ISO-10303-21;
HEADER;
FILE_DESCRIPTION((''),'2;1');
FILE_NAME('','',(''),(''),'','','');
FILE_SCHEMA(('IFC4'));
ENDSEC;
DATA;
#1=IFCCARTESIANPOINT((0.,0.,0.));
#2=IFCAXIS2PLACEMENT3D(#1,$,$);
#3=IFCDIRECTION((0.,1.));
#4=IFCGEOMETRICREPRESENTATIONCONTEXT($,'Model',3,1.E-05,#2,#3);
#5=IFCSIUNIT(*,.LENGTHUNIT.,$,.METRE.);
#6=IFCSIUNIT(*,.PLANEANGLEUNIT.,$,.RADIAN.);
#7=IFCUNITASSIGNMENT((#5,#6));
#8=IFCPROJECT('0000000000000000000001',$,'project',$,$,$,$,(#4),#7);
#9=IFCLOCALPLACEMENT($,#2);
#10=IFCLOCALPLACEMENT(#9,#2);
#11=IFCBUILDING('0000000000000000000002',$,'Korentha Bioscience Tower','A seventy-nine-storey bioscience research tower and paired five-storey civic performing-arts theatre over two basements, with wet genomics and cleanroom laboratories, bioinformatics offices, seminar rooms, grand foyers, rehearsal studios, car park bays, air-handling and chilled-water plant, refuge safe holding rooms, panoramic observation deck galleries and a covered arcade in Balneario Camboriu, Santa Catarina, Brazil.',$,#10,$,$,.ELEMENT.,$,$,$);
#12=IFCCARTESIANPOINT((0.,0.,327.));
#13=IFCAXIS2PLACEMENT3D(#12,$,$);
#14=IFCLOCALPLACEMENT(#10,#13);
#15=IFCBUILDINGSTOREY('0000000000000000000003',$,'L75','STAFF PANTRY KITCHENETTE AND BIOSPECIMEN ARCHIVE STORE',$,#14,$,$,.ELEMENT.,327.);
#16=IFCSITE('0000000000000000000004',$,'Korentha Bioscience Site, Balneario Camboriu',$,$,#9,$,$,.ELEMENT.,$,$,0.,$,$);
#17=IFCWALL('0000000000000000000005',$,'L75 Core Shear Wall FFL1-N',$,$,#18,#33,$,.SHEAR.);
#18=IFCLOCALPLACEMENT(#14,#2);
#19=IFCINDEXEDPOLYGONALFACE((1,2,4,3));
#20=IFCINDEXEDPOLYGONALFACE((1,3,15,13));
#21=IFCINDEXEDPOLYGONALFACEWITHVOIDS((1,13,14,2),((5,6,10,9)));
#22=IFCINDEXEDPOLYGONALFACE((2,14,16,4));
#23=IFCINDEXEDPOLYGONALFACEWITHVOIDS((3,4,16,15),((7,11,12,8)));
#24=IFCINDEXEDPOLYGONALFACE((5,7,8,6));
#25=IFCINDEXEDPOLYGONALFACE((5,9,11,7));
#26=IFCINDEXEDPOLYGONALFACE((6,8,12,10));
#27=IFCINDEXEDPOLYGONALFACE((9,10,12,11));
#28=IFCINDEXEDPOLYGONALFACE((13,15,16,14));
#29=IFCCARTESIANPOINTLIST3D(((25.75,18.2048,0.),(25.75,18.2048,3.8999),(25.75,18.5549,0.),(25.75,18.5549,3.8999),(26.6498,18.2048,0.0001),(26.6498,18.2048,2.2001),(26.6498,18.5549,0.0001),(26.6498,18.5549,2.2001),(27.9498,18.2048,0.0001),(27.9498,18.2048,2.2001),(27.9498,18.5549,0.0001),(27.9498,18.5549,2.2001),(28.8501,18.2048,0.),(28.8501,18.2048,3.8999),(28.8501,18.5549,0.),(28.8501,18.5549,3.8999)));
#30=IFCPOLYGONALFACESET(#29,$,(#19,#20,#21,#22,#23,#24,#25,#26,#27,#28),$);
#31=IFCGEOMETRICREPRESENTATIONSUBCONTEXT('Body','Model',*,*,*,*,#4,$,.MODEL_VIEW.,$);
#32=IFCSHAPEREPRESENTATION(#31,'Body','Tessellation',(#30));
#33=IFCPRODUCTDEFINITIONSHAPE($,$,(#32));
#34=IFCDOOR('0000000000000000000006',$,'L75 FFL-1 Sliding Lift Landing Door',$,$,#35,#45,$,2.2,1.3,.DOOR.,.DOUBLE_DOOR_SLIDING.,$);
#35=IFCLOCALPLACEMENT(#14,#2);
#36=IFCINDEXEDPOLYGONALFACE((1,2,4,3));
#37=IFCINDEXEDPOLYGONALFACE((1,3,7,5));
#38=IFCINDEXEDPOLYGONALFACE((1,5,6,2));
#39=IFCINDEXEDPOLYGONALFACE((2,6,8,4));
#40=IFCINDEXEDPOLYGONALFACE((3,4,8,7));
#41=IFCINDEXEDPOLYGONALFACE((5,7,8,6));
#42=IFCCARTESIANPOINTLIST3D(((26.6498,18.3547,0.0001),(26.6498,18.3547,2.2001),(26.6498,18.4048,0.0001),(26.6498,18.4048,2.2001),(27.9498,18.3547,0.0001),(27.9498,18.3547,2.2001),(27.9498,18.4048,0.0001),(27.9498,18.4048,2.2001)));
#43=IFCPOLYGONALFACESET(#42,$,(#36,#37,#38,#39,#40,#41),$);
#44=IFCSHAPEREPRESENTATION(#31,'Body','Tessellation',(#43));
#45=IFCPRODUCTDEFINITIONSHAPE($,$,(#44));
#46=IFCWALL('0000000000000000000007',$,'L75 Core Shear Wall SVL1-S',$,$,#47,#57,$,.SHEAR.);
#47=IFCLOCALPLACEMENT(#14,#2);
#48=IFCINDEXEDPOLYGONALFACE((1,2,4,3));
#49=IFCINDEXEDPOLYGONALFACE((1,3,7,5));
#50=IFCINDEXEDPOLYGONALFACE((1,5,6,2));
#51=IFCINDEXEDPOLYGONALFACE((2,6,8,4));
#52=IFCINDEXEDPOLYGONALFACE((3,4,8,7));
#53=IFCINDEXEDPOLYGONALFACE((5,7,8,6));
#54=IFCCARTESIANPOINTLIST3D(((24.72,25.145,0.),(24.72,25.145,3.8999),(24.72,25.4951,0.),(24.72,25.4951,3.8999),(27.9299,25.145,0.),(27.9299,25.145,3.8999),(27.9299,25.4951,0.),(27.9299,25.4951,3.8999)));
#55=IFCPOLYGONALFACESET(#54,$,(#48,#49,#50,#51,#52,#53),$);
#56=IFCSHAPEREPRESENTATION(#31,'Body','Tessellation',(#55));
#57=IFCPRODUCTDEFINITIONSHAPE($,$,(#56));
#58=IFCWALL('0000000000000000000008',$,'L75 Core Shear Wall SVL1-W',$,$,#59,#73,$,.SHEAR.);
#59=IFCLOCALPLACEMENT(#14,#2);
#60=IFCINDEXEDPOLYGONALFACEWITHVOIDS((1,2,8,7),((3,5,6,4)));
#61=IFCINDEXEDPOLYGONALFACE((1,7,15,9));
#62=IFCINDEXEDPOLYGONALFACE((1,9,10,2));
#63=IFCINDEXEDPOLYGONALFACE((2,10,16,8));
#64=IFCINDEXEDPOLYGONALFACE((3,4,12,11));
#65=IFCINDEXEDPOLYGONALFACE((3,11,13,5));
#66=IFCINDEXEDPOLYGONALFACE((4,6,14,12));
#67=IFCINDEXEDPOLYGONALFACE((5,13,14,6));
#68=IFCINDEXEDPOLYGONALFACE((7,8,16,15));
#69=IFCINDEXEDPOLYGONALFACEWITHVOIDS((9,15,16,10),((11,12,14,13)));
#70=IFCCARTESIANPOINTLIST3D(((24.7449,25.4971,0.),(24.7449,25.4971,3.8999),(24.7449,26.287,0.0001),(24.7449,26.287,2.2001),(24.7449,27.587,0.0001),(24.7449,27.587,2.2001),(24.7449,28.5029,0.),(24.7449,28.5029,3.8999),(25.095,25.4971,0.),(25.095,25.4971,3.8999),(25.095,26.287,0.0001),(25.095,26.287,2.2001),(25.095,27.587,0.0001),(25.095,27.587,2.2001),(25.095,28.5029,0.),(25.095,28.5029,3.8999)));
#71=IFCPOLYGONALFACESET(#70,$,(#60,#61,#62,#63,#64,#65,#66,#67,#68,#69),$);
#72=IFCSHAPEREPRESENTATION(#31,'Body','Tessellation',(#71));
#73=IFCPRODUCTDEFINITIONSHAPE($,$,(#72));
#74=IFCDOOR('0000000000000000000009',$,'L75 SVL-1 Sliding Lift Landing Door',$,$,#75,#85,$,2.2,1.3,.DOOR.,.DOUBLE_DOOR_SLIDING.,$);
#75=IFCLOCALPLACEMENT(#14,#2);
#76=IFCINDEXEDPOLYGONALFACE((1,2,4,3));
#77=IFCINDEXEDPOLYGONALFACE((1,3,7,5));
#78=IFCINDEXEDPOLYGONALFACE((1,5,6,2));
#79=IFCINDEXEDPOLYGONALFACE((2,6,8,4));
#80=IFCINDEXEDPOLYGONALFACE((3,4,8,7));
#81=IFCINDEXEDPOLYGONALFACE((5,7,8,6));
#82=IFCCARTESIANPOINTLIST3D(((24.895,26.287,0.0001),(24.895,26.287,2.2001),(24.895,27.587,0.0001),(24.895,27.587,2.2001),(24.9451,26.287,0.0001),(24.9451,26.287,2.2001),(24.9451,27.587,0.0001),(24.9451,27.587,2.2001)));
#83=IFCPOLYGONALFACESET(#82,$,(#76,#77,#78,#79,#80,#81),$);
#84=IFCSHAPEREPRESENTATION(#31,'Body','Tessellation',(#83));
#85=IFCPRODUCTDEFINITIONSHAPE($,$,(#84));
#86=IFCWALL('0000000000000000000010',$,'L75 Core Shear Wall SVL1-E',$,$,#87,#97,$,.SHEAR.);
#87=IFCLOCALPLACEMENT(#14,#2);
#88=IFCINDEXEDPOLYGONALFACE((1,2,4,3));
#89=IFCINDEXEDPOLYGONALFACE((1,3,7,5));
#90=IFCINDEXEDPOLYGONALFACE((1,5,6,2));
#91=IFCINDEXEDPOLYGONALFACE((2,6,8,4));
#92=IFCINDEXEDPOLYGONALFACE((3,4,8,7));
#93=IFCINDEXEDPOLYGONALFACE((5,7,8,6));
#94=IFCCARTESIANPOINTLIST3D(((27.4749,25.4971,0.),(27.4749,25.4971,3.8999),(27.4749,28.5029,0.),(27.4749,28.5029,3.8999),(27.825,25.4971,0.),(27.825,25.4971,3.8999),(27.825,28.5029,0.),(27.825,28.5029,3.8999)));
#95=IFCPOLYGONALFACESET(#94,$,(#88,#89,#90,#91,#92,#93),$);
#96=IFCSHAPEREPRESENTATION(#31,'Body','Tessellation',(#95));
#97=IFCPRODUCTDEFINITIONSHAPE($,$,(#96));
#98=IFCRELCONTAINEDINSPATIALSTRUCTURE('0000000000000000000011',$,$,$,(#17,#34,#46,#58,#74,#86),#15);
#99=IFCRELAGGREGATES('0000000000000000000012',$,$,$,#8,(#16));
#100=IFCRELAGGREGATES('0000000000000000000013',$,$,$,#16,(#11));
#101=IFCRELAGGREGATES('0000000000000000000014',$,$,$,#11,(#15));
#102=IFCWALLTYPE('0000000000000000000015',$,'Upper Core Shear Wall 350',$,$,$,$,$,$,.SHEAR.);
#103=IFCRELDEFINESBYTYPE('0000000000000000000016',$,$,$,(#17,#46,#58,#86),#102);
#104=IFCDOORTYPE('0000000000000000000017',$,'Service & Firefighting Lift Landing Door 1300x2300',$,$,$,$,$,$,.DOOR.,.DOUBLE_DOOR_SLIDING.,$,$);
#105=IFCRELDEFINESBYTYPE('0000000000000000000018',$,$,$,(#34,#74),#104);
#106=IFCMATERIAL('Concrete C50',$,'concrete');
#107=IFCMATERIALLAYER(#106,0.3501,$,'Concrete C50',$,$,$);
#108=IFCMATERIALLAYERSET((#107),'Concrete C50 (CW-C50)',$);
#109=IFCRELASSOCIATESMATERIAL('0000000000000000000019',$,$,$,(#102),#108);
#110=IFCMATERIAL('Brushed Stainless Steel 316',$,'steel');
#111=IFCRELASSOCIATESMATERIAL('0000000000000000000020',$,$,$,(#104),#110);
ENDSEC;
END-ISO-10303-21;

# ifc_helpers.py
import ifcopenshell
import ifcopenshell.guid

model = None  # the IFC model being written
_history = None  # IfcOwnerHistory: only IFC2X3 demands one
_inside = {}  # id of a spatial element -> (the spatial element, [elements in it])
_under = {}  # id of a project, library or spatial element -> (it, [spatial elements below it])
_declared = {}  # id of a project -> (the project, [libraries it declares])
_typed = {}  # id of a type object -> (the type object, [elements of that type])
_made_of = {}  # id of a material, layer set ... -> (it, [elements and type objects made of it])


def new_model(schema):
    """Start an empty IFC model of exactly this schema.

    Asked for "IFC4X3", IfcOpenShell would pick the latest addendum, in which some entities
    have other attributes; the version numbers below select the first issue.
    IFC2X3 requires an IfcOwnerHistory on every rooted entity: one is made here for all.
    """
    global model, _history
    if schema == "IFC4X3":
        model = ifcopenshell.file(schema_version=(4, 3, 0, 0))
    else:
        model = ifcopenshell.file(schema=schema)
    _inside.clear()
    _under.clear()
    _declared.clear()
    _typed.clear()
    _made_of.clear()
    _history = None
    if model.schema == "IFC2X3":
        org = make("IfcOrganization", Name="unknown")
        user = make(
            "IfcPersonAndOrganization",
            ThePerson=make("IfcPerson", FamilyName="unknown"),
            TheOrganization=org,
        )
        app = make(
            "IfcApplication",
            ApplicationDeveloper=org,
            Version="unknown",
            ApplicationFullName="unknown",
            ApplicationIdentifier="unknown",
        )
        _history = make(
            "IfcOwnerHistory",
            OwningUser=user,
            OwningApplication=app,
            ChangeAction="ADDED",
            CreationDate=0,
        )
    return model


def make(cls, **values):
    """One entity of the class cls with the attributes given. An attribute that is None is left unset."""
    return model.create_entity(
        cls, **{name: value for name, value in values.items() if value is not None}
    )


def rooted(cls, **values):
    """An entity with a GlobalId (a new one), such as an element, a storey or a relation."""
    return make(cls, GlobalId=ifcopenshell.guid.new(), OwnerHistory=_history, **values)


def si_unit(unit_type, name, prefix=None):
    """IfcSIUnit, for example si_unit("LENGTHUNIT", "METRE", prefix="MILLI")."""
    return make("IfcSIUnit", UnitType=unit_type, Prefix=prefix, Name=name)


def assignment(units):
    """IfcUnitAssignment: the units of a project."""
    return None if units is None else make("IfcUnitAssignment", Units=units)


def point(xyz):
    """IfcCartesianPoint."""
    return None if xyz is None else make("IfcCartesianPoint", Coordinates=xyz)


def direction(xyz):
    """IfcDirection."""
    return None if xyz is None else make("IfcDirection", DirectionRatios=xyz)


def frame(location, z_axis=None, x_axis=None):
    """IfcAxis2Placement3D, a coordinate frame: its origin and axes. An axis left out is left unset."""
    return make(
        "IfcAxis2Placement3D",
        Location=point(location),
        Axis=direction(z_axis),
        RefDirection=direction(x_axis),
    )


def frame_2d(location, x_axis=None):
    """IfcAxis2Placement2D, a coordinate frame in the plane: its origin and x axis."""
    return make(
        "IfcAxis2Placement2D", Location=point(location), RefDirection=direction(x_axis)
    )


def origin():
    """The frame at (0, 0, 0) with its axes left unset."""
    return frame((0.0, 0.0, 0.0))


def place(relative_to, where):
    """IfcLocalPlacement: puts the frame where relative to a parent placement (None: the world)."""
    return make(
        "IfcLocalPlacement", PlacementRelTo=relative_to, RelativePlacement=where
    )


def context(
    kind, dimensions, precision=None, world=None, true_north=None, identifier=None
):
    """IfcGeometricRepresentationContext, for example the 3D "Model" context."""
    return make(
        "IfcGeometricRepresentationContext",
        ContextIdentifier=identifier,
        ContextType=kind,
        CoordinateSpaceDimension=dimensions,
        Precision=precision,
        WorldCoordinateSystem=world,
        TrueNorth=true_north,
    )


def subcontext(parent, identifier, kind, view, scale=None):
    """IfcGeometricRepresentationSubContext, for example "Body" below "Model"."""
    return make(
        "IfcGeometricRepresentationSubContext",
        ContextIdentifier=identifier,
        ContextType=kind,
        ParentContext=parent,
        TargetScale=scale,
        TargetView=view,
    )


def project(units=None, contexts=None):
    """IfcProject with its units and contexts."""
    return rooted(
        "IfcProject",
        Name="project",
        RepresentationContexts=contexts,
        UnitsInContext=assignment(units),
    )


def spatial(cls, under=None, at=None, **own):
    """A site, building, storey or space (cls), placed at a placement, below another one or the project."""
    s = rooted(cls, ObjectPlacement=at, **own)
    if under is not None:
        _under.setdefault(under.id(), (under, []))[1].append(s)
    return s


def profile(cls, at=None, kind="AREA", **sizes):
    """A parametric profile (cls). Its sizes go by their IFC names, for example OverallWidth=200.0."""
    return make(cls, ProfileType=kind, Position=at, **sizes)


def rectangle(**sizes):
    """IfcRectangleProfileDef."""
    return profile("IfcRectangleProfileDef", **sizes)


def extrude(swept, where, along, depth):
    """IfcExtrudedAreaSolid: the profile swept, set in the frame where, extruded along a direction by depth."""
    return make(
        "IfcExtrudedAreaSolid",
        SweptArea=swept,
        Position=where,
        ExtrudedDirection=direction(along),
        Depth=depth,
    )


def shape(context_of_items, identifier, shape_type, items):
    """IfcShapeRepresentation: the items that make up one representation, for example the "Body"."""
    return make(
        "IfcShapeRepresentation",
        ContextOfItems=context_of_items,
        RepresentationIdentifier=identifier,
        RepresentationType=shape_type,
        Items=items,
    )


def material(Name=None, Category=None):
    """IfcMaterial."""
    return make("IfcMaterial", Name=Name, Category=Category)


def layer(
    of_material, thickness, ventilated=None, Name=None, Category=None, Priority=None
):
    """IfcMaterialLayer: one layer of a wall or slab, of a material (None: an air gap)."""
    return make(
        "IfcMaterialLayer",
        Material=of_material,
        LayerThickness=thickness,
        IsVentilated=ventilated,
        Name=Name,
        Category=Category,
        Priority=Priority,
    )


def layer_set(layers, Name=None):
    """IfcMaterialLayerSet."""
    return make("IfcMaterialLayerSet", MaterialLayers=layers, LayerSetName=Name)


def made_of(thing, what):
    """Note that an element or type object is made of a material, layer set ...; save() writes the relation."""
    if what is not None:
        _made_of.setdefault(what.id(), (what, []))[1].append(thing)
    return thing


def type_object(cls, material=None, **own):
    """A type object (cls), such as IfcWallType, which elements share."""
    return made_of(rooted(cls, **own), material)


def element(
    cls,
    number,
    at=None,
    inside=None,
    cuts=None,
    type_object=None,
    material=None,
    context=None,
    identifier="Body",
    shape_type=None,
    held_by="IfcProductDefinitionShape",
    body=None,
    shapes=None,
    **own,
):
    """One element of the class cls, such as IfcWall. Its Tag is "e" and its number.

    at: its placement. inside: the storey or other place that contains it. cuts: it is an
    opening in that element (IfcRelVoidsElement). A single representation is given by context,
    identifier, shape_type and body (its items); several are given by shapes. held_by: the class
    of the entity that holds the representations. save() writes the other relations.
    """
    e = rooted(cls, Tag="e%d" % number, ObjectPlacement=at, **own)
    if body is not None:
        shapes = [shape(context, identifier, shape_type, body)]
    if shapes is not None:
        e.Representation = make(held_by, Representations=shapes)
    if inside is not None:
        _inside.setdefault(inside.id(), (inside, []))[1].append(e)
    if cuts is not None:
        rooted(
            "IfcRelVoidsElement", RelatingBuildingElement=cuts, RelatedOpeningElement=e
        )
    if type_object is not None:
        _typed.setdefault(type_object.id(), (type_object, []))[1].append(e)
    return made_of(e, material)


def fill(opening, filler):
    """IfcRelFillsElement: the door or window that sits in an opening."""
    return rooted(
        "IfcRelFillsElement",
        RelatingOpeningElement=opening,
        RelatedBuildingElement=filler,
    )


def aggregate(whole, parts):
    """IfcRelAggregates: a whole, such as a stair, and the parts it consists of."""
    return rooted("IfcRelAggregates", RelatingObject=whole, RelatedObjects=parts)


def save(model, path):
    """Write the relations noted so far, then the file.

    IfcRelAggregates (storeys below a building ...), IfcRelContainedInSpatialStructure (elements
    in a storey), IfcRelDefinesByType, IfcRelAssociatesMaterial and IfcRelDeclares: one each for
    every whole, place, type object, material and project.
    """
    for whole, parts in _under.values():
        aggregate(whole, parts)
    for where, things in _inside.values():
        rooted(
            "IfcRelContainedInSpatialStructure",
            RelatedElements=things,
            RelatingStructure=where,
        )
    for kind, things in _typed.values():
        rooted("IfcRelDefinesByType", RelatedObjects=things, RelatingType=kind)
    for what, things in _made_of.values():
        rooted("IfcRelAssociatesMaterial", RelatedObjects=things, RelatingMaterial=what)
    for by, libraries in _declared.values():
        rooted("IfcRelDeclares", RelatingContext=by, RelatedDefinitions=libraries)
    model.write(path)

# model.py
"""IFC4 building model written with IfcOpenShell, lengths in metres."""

from ifc_helpers import new_model, si_unit, direction, frame, frame_2d, origin, place, context, subcontext, project, spatial, rectangle, extrude, material, layer, layer_set, type_object, element, fill, save


model = new_model("IFC4")

# Units and contexts
model_context = context("Model", 3, precision=1e-05, world=origin(), true_north=direction((0.0, 1.0)))
body_context = subcontext(model_context, "Body", "Model", "MODEL_VIEW")
ifc_project = project(units=[si_unit("LENGTHUNIT", "METRE"), si_unit("PLANEANGLEUNIT", "RADIAN")], contexts=[model_context])

# Site, building, storey
site_placement = place(None, origin())
site = spatial("IfcSite", under=ifc_project, at=site_placement, Name="Korentha Bioscience Site, Balneario Camboriu", CompositionType="ELEMENT", RefElevation=0.0)
building_placement = place(site_placement, origin())
building = spatial("IfcBuilding", under=site, at=building_placement, Name="Korentha Bioscience Tower", Description="A seventy-nine-storey bioscience research tower and paired five-storey civic performing-arts theatre over two basements, with wet genomics and cleanroom laboratories, bioinformatics offices, seminar rooms, grand foyers, rehearsal studios, car park bays, air-handling and chilled-water plant, refuge safe holding rooms, panoramic observation deck galleries and a covered arcade in Balneario Camboriu, Santa Catarina, Brazil.", CompositionType="ELEMENT")
storey_placement = place(building_placement, frame((0.0, 0.0, 327.0)))
storey = spatial("IfcBuildingStorey", under=building, at=storey_placement, Name="L75", Description="STAFF PANTRY KITCHENETTE AND BIOSPECIMEN ARCHIVE STORE", CompositionType="ELEMENT", Elevation=327.0)

# Shared definitions
ifc_material_1 = material(Name="Concrete C50", Category="concrete")
ifc_layer_1 = layer(ifc_material_1, 0.3501, Name="Concrete C50")
ifc_layer_set_1 = layer_set([ifc_layer_1], Name="Concrete C50 (CW-C50)")
wall_type_1 = type_object("IfcWallType", Name="Upper Core Shear Wall 350", PredefinedType="SHEAR", material=ifc_layer_set_1)

# Wall, opening, door
wall_1_placement = place(storey_placement, frame((25.75, 18.3799, 0.0), z_axis=(0.0, 0.0, 1.0), x_axis=(1.0, 0.0, 0.0)))
wall_1 = element("IfcWall", 1, at=wall_1_placement, inside=storey, type_object=wall_type_1, Name="L75 Core Shear Wall FFL1-N", PredefinedType="SHEAR", context=body_context, shape_type="SweptSolid", body=[
    extrude(rectangle(XDim=3.1001, YDim=0.3501, at=frame_2d((1.55, 0.0))), origin(), (0.0, 0.0, 1.0), 3.8999),
])
opening_1_placement = place(wall_1_placement, frame((0.8999, 0.0, 0.0)))
opening_1 = element("IfcOpeningElement", 2, at=opening_1_placement, cuts=wall_1, PredefinedType="OPENING", context=body_context, shape_type="SweptSolid", body=[
    extrude(rectangle(XDim=1.3, YDim=2.2, at=frame_2d((0.6499, 1.1001))), frame((0.0, 0.1899, 0.0), z_axis=(0.0, -1.0, 0.0), x_axis=(1.0, 0.0, 0.0)), (0.0, 0.0, 1.0), 0.3799),
])
ifc_material_2 = material(Name="Brushed Stainless Steel 316", Category="steel")
door_type_1 = type_object("IfcDoorType", Name="Service & Firefighting Lift Landing Door 1300x2300", OperationType="DOUBLE_DOOR_SLIDING", PredefinedType="DOOR", material=ifc_material_2)
door_1_placement = place(opening_1_placement, origin())
door_1 = element("IfcDoor", 3, at=door_1_placement, inside=storey, type_object=door_type_1, Name="L75 FFL-1 Sliding Lift Landing Door", OperationType="DOUBLE_DOOR_SLIDING", OverallHeight=2.2, OverallWidth=1.3, PredefinedType="DOOR", context=body_context, shape_type="SweptSolid", body=[
    extrude(rectangle(XDim=1.3, YDim=2.2, at=frame_2d((0.6499, 1.1001))), frame((0.0, 0.0249, 0.0), z_axis=(0.0, -1.0, 0.0), x_axis=(1.0, 0.0, 0.0)), (0.0, 0.0, 1.0), 0.05),
])
fill(opening_1, door_1)

# Wall
wall_2_placement = place(storey_placement, frame((24.72, 25.3201, 0.0), z_axis=(0.0, 0.0, 1.0), x_axis=(1.0, 0.0, 0.0)))
element("IfcWall", 4, at=wall_2_placement, inside=storey, type_object=wall_type_1, Name="L75 Core Shear Wall SVL1-S", PredefinedType="SHEAR", context=body_context, shape_type="SweptSolid", body=[
    extrude(rectangle(XDim=3.21, YDim=0.3501, at=frame_2d((1.605, 0.0))), origin(), (0.0, 0.0, 1.0), 3.8999),
])

# Wall, opening, door
wall_3_placement = place(storey_placement, frame((24.9199, 25.4971, 0.0), z_axis=(0.0, 0.0, 1.0), x_axis=(0.0, 1.0, 0.0)))
wall_3 = element("IfcWall", 5, at=wall_3_placement, inside=storey, type_object=wall_type_1, Name="L75 Core Shear Wall SVL1-W", PredefinedType="SHEAR", context=body_context, shape_type="SweptSolid", body=[
    extrude(rectangle(XDim=3.0059, YDim=0.3501, at=frame_2d((1.5029, 0.0))), origin(), (0.0, 0.0, 1.0), 3.8999),
])
opening_2_placement = place(wall_3_placement, frame((0.79, 0.0, 0.0)))
opening_2 = element("IfcOpeningElement", 6, at=opening_2_placement, cuts=wall_3, PredefinedType="OPENING", context=body_context, shape_type="SweptSolid", body=[
    extrude(rectangle(XDim=1.3, YDim=2.2, at=frame_2d((0.6499, 1.1001))), frame((0.0, 0.1899, 0.0), z_axis=(0.0, -1.0, 0.0), x_axis=(1.0, 0.0, 0.0)), (0.0, 0.0, 1.0), 0.3799),
])
door_2_placement = place(opening_2_placement, origin())
door_2 = element("IfcDoor", 7, at=door_2_placement, inside=storey, type_object=door_type_1, Name="L75 SVL-1 Sliding Lift Landing Door", OperationType="DOUBLE_DOOR_SLIDING", OverallHeight=2.2, OverallWidth=1.3, PredefinedType="DOOR", context=body_context, shape_type="SweptSolid", body=[
    extrude(rectangle(XDim=1.3, YDim=2.2, at=frame_2d((0.6499, 1.1001))), frame((0.0, 0.0249, 0.0), z_axis=(0.0, -1.0, 0.0), x_axis=(1.0, 0.0, 0.0)), (0.0, 0.0, 1.0), 0.05),
])
fill(opening_2, door_2)

# Wall
wall_4_placement = place(storey_placement, frame((27.6499, 25.4971, 0.0), z_axis=(0.0, 0.0, 1.0), x_axis=(0.0, 1.0, 0.0)))
element("IfcWall", 8, at=wall_4_placement, inside=storey, type_object=wall_type_1, Name="L75 Core Shear Wall SVL1-E", PredefinedType="SHEAR", context=body_context, shape_type="SweptSolid", body=[
    extrude(rectangle(XDim=3.0059, YDim=0.3501, at=frame_2d((1.5029, 0.0))), origin(), (0.0, 0.0, 1.0), 3.8999),
])

save(model, "model.ifc")
